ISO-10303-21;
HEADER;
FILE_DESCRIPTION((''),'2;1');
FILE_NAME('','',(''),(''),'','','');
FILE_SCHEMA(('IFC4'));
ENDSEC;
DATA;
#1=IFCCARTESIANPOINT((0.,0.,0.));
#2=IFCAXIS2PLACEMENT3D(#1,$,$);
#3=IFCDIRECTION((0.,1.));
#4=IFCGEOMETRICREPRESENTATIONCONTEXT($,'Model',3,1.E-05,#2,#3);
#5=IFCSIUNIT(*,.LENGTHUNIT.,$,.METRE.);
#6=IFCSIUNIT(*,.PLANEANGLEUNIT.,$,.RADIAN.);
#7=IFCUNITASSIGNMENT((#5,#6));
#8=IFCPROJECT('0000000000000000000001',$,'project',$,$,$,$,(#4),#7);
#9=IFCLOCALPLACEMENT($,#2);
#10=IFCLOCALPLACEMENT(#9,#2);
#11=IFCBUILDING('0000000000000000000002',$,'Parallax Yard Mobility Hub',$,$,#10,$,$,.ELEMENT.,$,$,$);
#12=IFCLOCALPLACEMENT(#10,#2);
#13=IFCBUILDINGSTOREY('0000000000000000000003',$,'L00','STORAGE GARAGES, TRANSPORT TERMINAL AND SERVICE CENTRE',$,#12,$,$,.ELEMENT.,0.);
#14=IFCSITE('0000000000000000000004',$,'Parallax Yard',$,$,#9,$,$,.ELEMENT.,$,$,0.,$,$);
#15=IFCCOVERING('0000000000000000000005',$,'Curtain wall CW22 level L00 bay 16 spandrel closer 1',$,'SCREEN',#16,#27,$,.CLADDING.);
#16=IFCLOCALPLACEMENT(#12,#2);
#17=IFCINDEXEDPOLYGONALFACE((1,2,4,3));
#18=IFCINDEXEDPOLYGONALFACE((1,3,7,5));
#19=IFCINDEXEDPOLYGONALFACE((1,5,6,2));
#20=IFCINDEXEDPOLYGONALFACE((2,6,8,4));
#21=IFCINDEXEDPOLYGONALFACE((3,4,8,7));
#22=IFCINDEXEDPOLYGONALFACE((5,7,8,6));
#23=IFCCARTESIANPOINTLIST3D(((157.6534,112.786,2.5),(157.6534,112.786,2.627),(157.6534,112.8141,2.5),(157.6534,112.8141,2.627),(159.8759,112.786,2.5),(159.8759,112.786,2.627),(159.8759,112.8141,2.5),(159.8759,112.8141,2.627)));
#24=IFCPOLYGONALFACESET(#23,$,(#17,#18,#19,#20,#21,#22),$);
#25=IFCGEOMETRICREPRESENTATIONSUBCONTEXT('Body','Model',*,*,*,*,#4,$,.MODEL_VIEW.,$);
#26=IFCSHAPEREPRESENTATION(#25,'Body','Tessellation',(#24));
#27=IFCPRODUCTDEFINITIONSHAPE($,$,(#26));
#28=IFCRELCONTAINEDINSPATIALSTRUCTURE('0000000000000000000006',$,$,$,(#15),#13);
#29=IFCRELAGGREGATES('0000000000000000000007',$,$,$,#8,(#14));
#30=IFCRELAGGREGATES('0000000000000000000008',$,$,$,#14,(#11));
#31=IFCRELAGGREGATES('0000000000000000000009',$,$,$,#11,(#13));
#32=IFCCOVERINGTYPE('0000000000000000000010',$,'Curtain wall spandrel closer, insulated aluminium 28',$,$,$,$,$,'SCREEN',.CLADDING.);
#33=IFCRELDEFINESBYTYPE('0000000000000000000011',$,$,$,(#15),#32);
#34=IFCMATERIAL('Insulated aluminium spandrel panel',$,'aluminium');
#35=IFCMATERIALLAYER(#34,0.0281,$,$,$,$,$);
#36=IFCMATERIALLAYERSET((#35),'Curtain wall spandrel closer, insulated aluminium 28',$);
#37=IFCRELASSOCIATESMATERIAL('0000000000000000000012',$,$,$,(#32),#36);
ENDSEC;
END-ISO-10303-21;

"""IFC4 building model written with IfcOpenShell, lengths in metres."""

from ifc_helpers import new_model, si_unit, direction, frame, origin, origin_2d, place, context, subcontext, project, spatial, rectangle, extrude, material, layer, layer_set, type_object, element, save


model = new_model("IFC4")

# Units and contexts
model_context = context("Model", 3, precision=1e-05, world=origin(), true_north=direction((0.0, 1.0)))
body_context = subcontext(model_context, "Body", "Model", "MODEL_VIEW")
ifc_project = project(units=[si_unit("LENGTHUNIT", "METRE"), si_unit("PLANEANGLEUNIT", "RADIAN")], contexts=[model_context])

# Site, building, storey
site_placement = place(None, origin())
site = spatial("IfcSite", under=ifc_project, at=site_placement, Name="Parallax Yard", CompositionType="ELEMENT", RefElevation=0.0)
building_placement = place(site_placement, origin())
building = spatial("IfcBuilding", under=site, at=building_placement, Name="Parallax Yard Mobility Hub", CompositionType="ELEMENT")
storey_placement = place(building_placement, origin())
storey = spatial("IfcBuildingStorey", under=building, at=storey_placement, Name="L00", Description="STORAGE GARAGES, TRANSPORT TERMINAL AND SERVICE CENTRE", CompositionType="ELEMENT", Elevation=0.0)

# Covering
ifc_material_1 = material(Name="Insulated aluminium spandrel panel", Category="aluminium")
ifc_layer_1 = layer(ifc_material_1, 0.0281)
ifc_layer_set_1 = layer_set([ifc_layer_1], Name="Curtain wall spandrel closer, insulated aluminium 28")
covering_type = type_object("IfcCoveringType", Name="Curtain wall spandrel closer, insulated aluminium 28", ElementType="SCREEN", PredefinedType="CLADDING", material=ifc_layer_set_1)
covering_1_placement = place(storey_placement, frame((158.7646, 112.8, 2.5), z_axis=(0.0, 0.0, 1.0), x_axis=(1.0, 0.0, 0.0)))
element("IfcCovering", 1, at=covering_1_placement, inside=storey, type_object=covering_type, Name="Curtain wall CW22 level L00 bay 16 spandrel closer 1", ObjectType="SCREEN", PredefinedType="CLADDING", context=body_context, shape_type="SweptSolid", body=[
    extrude(rectangle(XDim=2.2224, YDim=0.0281, at=origin_2d()), origin(), (0.0, 0.0, 1.0), 0.127),
])

save(model, "model.ifc")
